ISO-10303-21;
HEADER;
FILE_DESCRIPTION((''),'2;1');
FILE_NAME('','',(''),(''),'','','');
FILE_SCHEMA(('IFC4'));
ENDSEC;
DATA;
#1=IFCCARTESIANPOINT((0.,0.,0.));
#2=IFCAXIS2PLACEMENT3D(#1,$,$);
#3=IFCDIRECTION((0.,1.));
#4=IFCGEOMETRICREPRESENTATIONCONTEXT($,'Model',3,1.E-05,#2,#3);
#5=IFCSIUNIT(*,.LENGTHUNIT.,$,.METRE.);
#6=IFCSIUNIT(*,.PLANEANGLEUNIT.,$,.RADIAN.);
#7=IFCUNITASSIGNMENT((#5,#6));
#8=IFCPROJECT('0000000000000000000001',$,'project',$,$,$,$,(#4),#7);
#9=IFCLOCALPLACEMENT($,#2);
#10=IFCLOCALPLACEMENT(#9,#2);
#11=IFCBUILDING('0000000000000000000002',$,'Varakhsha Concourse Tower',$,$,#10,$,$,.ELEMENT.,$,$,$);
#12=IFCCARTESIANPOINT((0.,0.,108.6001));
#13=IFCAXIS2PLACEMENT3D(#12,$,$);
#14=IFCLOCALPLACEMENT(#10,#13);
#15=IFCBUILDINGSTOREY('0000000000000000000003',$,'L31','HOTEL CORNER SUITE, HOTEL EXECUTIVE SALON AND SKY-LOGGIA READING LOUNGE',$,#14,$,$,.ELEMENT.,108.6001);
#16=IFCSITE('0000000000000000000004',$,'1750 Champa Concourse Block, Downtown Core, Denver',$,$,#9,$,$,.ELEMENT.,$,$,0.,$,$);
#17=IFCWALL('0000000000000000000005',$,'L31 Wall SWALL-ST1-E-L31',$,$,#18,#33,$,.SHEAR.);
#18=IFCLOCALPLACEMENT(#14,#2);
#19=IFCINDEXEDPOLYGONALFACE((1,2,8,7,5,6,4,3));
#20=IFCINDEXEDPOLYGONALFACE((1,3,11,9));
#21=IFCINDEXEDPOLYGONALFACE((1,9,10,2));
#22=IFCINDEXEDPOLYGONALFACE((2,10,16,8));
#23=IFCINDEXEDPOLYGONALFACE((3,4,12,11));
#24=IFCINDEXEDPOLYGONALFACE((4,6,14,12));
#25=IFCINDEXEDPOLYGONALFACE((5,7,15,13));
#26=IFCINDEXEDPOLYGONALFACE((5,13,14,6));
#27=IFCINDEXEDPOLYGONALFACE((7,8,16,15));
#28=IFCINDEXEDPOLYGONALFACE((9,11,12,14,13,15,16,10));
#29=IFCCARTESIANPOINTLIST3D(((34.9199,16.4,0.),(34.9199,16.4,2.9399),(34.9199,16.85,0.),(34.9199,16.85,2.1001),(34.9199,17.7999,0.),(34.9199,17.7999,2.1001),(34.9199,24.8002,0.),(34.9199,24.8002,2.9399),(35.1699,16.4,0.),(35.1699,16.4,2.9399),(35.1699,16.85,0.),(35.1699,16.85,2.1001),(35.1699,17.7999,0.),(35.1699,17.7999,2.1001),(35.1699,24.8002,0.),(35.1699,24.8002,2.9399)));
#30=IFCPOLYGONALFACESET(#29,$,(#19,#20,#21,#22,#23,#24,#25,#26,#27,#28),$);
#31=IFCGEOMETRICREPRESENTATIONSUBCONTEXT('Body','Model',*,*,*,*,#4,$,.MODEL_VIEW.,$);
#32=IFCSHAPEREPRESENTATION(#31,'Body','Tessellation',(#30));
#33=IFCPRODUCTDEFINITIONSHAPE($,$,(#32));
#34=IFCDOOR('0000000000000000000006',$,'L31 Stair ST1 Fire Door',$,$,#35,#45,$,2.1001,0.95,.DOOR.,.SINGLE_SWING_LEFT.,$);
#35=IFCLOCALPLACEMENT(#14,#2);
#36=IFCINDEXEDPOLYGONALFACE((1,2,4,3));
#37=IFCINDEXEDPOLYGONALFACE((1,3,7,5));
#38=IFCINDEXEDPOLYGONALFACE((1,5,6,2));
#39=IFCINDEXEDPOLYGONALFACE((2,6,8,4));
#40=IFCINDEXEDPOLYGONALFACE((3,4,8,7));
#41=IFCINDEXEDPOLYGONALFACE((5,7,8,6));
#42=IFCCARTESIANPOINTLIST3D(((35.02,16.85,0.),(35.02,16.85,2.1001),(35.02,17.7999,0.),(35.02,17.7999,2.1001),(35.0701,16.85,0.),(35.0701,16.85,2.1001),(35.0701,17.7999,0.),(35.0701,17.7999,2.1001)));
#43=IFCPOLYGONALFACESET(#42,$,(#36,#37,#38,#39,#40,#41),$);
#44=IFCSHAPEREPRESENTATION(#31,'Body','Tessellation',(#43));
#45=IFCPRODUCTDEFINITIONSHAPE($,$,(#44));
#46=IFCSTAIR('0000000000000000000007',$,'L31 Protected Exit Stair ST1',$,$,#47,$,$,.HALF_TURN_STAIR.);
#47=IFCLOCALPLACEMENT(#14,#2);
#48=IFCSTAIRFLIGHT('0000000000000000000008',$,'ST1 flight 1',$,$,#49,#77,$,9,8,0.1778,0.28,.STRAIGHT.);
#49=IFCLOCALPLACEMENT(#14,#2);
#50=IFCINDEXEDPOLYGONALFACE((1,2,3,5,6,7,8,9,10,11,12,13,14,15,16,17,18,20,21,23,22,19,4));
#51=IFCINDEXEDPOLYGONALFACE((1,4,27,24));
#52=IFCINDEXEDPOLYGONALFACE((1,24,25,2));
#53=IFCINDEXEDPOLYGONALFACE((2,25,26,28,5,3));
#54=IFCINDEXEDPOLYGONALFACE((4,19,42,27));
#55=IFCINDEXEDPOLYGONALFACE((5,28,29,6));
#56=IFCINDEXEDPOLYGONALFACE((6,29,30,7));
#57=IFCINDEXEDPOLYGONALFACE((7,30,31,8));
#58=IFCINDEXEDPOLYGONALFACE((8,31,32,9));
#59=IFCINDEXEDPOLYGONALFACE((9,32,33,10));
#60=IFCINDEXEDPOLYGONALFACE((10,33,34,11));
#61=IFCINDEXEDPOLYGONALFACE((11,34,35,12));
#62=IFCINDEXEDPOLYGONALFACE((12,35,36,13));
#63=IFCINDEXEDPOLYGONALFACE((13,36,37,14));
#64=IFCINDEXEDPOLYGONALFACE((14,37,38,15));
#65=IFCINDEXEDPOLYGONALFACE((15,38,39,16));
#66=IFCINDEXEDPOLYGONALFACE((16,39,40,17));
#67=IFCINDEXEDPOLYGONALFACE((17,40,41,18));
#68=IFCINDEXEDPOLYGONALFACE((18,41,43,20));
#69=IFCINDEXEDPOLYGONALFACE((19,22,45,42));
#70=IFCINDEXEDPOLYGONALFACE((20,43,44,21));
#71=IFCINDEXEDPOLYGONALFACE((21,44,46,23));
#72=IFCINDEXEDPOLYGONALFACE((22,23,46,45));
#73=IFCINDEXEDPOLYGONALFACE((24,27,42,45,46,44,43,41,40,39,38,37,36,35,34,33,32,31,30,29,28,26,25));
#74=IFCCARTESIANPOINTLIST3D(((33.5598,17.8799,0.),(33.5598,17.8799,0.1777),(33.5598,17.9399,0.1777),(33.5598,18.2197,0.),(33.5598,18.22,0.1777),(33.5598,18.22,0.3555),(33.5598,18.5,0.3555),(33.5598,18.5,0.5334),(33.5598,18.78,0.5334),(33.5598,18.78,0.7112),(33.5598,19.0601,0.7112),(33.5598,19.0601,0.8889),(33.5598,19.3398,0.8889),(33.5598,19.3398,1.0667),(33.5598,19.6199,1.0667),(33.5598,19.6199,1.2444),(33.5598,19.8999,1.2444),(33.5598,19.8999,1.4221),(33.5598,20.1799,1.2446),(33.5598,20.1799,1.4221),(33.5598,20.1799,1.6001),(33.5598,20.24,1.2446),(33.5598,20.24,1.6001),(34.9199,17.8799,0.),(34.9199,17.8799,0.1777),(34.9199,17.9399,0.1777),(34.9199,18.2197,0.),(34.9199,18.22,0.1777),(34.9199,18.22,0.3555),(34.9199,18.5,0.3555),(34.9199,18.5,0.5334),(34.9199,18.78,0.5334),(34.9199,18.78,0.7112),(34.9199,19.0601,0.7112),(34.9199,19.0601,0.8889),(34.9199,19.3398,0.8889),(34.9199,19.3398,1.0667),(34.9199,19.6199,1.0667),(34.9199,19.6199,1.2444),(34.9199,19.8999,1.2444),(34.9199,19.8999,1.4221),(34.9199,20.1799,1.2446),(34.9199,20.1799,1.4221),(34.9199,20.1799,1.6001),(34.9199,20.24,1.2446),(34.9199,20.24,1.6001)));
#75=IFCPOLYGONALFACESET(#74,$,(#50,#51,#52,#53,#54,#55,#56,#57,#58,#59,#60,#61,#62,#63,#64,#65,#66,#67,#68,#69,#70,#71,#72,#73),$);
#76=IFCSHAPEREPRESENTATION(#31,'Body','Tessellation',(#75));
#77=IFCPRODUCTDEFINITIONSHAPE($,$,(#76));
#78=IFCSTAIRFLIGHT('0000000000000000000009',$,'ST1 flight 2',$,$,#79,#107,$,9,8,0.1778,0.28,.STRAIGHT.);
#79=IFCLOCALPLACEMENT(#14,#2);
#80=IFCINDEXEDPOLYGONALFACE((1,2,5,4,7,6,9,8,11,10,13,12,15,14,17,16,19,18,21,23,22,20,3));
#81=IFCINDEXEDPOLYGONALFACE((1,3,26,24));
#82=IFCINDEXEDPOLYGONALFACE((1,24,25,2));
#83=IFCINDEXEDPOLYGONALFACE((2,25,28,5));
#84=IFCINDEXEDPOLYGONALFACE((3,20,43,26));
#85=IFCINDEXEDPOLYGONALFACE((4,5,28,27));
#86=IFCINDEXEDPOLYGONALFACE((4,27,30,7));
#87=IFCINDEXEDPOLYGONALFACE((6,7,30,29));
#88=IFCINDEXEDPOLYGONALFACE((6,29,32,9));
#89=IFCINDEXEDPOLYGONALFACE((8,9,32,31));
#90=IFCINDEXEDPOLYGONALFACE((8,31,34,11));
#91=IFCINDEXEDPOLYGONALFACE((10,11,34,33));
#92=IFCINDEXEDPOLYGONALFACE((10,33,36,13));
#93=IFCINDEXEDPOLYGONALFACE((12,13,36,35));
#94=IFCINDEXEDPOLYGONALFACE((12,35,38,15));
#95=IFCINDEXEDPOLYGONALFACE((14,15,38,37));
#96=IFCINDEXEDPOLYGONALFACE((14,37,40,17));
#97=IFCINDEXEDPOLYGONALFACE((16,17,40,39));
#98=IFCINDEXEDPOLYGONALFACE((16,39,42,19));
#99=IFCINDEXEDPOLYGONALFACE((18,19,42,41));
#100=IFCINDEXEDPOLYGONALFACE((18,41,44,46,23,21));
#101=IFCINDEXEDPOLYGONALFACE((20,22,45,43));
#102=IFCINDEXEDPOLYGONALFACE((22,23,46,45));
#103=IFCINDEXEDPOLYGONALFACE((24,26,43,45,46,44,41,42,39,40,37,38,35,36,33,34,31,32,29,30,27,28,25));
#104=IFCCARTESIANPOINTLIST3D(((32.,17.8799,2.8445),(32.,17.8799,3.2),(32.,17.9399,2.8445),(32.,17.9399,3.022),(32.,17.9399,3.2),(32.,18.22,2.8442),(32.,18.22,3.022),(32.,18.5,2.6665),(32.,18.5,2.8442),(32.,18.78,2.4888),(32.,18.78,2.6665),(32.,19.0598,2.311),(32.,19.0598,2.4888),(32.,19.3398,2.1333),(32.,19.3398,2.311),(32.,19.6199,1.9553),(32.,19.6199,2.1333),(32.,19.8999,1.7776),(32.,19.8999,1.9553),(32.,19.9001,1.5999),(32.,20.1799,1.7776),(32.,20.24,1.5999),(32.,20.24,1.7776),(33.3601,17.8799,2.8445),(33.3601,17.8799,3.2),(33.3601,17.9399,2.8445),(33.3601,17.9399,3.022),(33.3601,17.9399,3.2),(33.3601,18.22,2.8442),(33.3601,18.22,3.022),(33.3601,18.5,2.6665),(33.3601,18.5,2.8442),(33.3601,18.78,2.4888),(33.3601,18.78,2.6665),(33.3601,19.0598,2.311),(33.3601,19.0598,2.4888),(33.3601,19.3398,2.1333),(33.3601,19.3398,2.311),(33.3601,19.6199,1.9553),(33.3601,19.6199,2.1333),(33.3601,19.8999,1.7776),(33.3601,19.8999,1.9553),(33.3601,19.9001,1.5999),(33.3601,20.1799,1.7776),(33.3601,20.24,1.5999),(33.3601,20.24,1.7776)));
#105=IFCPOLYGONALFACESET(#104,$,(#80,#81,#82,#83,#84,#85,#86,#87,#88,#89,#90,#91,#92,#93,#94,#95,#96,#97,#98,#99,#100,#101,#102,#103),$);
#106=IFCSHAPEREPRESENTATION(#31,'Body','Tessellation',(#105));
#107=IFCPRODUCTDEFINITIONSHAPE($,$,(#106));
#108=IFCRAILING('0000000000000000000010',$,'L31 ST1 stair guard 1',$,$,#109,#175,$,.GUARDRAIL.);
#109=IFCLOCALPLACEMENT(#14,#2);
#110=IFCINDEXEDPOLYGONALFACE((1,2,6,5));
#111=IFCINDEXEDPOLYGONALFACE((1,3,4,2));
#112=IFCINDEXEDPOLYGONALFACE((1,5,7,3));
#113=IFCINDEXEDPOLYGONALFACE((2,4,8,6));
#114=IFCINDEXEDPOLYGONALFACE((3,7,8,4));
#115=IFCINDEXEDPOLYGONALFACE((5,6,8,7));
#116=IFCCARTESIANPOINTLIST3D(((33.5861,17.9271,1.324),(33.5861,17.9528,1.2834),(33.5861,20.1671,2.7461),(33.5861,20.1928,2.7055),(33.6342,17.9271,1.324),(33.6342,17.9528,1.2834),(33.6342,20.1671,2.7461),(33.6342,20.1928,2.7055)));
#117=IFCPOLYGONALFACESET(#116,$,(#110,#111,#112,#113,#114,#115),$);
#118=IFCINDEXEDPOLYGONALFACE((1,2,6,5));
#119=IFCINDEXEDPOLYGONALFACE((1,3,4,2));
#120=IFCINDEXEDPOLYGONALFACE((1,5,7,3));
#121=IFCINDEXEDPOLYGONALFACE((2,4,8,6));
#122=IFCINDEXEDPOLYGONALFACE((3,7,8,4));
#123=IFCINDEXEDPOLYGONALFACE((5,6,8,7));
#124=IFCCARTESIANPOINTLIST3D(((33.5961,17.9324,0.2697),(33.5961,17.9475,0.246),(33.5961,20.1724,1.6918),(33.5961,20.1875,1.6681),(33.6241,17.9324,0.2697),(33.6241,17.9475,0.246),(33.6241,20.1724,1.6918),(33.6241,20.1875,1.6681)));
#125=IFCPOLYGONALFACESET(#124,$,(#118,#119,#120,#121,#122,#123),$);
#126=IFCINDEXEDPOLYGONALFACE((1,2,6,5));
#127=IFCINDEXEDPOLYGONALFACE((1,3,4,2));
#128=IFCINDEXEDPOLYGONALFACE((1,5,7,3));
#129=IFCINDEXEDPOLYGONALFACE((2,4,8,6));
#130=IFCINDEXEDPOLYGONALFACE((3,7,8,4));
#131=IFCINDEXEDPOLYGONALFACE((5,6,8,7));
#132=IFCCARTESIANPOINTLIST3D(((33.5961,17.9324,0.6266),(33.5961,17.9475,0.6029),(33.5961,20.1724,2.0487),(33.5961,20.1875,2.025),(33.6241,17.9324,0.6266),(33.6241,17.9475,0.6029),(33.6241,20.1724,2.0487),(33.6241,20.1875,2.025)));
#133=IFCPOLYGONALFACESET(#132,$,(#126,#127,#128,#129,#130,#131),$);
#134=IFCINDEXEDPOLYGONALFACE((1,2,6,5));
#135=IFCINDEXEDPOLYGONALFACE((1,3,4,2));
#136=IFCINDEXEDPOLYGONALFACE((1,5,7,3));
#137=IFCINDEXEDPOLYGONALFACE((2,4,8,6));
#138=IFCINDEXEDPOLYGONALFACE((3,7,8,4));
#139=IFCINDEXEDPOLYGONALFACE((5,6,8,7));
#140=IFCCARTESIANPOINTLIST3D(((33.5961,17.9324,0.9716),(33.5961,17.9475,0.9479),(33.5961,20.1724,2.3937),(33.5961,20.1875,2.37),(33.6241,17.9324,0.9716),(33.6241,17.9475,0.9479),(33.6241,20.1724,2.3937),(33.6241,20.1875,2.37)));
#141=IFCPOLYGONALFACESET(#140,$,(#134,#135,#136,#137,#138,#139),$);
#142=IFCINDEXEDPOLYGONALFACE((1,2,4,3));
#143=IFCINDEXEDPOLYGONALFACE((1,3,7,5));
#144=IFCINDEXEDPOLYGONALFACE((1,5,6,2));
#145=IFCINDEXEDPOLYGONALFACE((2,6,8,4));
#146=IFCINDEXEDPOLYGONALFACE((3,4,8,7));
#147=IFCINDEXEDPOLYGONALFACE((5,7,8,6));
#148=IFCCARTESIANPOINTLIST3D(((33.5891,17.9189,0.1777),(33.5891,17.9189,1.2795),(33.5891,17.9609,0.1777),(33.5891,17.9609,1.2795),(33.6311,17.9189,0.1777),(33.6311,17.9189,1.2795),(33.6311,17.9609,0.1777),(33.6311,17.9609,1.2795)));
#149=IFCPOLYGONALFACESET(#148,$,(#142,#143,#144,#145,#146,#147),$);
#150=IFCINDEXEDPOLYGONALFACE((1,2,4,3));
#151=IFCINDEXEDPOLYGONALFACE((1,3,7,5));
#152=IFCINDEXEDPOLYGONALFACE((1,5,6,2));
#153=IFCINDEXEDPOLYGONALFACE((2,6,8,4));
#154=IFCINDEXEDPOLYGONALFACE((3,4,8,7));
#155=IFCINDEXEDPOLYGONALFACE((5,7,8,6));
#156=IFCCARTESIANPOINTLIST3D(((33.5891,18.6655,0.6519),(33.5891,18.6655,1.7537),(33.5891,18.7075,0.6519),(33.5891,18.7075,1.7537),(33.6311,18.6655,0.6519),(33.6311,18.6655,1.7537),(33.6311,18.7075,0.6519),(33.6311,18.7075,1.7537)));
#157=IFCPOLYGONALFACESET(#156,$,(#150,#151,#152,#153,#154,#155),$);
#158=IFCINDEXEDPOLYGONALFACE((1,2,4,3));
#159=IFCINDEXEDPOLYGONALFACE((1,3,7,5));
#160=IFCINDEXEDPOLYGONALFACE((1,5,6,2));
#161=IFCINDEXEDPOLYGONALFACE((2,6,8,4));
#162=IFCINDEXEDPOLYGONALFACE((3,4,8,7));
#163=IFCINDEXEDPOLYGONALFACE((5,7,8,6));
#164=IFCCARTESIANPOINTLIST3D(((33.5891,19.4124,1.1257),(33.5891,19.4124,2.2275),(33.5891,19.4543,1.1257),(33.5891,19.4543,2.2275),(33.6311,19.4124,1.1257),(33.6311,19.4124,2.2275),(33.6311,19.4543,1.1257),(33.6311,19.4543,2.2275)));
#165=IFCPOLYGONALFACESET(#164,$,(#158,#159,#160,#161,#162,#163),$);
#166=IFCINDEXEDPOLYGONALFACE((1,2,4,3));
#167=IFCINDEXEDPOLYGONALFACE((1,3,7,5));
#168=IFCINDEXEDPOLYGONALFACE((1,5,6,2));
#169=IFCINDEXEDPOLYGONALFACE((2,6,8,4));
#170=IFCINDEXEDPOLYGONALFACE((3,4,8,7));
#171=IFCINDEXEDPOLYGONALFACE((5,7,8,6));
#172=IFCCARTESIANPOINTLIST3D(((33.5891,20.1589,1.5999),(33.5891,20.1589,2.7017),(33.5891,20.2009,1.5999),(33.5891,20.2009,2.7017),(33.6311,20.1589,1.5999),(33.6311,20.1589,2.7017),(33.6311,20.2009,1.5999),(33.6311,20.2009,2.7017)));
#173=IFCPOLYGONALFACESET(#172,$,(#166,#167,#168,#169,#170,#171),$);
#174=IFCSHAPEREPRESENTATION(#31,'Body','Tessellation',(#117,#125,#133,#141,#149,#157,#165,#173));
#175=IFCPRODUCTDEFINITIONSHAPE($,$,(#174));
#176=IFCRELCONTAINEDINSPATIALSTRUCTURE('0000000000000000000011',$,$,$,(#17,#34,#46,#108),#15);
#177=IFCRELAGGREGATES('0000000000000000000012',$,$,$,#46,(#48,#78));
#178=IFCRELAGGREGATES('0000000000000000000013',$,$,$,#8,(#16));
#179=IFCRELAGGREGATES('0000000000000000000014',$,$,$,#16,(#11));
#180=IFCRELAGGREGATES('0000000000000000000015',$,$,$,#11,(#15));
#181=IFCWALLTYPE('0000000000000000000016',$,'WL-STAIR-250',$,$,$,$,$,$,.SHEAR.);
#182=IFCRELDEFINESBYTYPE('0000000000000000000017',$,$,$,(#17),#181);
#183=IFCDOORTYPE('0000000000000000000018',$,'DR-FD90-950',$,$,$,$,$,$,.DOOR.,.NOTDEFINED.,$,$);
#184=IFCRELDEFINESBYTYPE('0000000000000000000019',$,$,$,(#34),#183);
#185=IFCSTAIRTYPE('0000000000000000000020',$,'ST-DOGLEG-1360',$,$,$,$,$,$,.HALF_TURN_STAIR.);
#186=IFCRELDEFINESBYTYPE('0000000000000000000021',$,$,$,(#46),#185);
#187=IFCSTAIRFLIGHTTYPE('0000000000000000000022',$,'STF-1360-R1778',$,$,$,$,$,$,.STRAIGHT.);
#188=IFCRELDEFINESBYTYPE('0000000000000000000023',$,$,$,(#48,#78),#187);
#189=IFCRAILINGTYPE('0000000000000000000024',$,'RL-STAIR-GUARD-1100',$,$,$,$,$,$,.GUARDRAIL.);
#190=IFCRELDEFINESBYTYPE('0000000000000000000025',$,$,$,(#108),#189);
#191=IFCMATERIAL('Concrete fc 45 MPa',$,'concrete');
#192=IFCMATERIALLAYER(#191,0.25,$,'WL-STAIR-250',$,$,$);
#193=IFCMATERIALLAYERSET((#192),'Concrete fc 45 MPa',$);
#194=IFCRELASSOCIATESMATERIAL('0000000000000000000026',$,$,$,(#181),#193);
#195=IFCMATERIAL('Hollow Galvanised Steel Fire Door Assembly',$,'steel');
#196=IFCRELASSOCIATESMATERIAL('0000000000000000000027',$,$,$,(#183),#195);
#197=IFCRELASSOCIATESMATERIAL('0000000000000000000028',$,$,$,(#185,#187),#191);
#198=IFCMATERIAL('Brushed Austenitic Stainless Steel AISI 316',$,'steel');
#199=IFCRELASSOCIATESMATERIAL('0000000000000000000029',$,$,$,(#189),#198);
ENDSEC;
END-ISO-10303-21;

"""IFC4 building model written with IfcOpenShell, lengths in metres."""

from ifc_helpers import new_model, si_unit, direction, frame, frame_2d, origin, origin_2d, place, context, subcontext, project, spatial, polyline, rectangle, outline, extrude, material, layer, layer_set, type_object, element, fill, aggregate, save


model = new_model("IFC4")

# Units and contexts
model_context = context("Model", 3, precision=1e-05, world=origin(), true_north=direction((0.0, 1.0)))
body_context = subcontext(model_context, "Body", "Model", "MODEL_VIEW")
ifc_project = project(units=[si_unit("LENGTHUNIT", "METRE"), si_unit("PLANEANGLEUNIT", "RADIAN")], contexts=[model_context])

# Site, building, storey
site_placement = place(None, origin())
site = spatial("IfcSite", under=ifc_project, at=site_placement, Name="1750 Champa Concourse Block, Downtown Core, Denver", CompositionType="ELEMENT", RefElevation=0.0)
building_placement = place(site_placement, origin())
building = spatial("IfcBuilding", under=site, at=building_placement, Name="Varakhsha Concourse Tower", CompositionType="ELEMENT")
storey_placement = place(building_placement, frame((0.0, 0.0, 108.6001)))
storey = spatial("IfcBuildingStorey", under=building, at=storey_placement, Name="L31", Description="HOTEL CORNER SUITE, HOTEL EXECUTIVE SALON AND SKY-LOGGIA READING LOUNGE", CompositionType="ELEMENT", Elevation=108.6001)

# Shared definitions
ifc_material_1 = material(Name="Hollow Galvanised Steel Fire Door Assembly", Category="steel")

# Shared definitions
ifc_material_2 = material(Name="Brushed Austenitic Stainless Steel AISI 316", Category="steel")

# Wall, opening, door
ifc_material_3 = material(Name="Concrete fc 45 MPa", Category="concrete")
ifc_layer_1 = layer(ifc_material_3, 0.25, Name="WL-STAIR-250")
ifc_layer_set_1 = layer_set([ifc_layer_1], Name="Concrete fc 45 MPa")
wall_type_1 = type_object("IfcWallType", Name="WL-STAIR-250", PredefinedType="SHEAR", material=ifc_layer_set_1)
wall_1_placement = place(storey_placement, frame((35.0449, 16.3999, 0.0), z_axis=(0.0, 0.0, 1.0), x_axis=(0.0, 1.0, 0.0)))
wall_1 = element("IfcWall", 1, at=wall_1_placement, inside=storey, type_object=wall_type_1, Name="L31 Wall SWALL-ST1-E-L31", PredefinedType="SHEAR", context=body_context, shape_type="SweptSolid", body=[
    extrude(rectangle(XDim=8.4001, YDim=0.25, at=frame_2d((4.2002, 0.0))), origin(), (0.0, 0.0, 1.0), 2.9399),
])
opening_1_placement = place(wall_1_placement, frame((0.45, 0.0, 0.0)))
opening_1 = element("IfcOpeningElement", 2, at=opening_1_placement, cuts=wall_1, PredefinedType="OPENING", context=body_context, shape_type="SweptSolid", body=[
    extrude(rectangle(XDim=0.95, YDim=2.1001, at=frame_2d((0.4751, 1.05))), frame((0.0, 0.135, 0.0), z_axis=(0.0, -1.0, 0.0), x_axis=(1.0, 0.0, 0.0)), (0.0, 0.0, 1.0), 0.27),
])
door_type_1 = type_object("IfcDoorType", Name="DR-FD90-950", OperationType="NOTDEFINED", PredefinedType="DOOR", material=ifc_material_1)
door_1_placement = place(opening_1_placement, origin())
door_1 = element("IfcDoor", 3, at=door_1_placement, inside=storey, type_object=door_type_1, Name="L31 Stair ST1 Fire Door", OperationType="SINGLE_SWING_LEFT", OverallHeight=2.1001, OverallWidth=0.95, PredefinedType="DOOR", context=body_context, shape_type="SweptSolid", body=[
    extrude(rectangle(XDim=0.95, YDim=2.1001, at=frame_2d((0.4751, 1.05))), frame((0.0, 0.0249, 0.0), z_axis=(0.0, -1.0, 0.0), x_axis=(1.0, 0.0, 0.0)), (0.0, 0.0, 1.0), 0.05),
])
fill(opening_1, door_1)

# Stair, stair flights
stair_type = type_object("IfcStairType", Name="ST-DOGLEG-1360", PredefinedType="HALF_TURN_STAIR", material=ifc_material_3)
stair_placement = place(storey_placement, origin())
stair = element("IfcStair", 4, at=stair_placement, inside=storey, type_object=stair_type, Name="L31 Protected Exit Stair ST1", PredefinedType="HALF_TURN_STAIR")
stair_flight_type = type_object("IfcStairFlightType", Name="STF-1360-R1778", PredefinedType="STRAIGHT", material=ifc_material_3)
stair_flight_1_placement = place(storey_placement, frame((34.24, 17.9399, 0.0), z_axis=(0.0, 0.0, 1.0), x_axis=(0.0, 1.0, 0.0)))
stair_flight_1 = element("IfcStairFlight", 5, at=stair_flight_1_placement, type_object=stair_flight_type, Name="ST1 flight 1", NumberOfRisers=9, NumberOfTreads=8, PredefinedType="STRAIGHT", RiserHeight=0.1778, TreadLength=0.28, context=body_context, shape_type="SweptSolid", body=[
    extrude(outline(polyline([(-0.0601, 0.0), (-0.0601, 0.1777), (0.0, 0.1777), (0.28, 0.1777), (0.28, 0.3555), (0.5601, 0.3555), (0.5601, 0.5334), (0.8401, 0.5334), (0.8401, 0.7112), (1.1201, 0.7112), (1.1201, 0.8889), (1.3999, 0.8889), (1.3999, 1.0667), (1.6799, 1.0667), (1.6799, 1.2444), (1.96, 1.2444), (1.96, 1.4221), (2.24, 1.4221), (2.24, 1.6001), (2.3, 1.6001), (2.3, 1.2446), (2.24, 1.2446), (0.2798, 0.0), (-0.0601, 0.0)])), frame((0.0, 0.6802, 0.0), z_axis=(0.0, -1.0, 0.0), x_axis=(1.0, 0.0, 0.0)), (0.0, 0.0, 1.0), 1.3601),
])
stair_flight_2_placement = place(storey_placement, frame((32.6799, 20.1799, 1.5999), z_axis=(0.0, 0.0, 1.0), x_axis=(0.0, -1.0, 0.0)))
stair_flight_2 = element("IfcStairFlight", 6, at=stair_flight_2_placement, type_object=stair_flight_type, Name="ST1 flight 2", NumberOfRisers=9, NumberOfTreads=8, PredefinedType="STRAIGHT", RiserHeight=0.1778, TreadLength=0.28, context=body_context, shape_type="SweptSolid", body=[
    extrude(outline(polyline([(-0.0601, 0.0), (-0.0601, 0.1777), (0.0, 0.1777), (0.28, 0.1777), (0.28, 0.3555), (0.5601, 0.3555), (0.5601, 0.5334), (0.8401, 0.5334), (0.8401, 0.7112), (1.1201, 0.7112), (1.1201, 0.8889), (1.3999, 0.8889), (1.3999, 1.0667), (1.6799, 1.0667), (1.6799, 1.2444), (1.96, 1.2444), (1.96, 1.4221), (2.24, 1.4221), (2.24, 1.6001), (2.3, 1.6001), (2.3, 1.2446), (2.24, 1.2446), (0.2798, 0.0), (-0.0601, 0.0)])), frame((0.0, 0.6802, 0.0), z_axis=(0.0, -1.0, 0.0), x_axis=(1.0, 0.0, 0.0)), (0.0, 0.0, 1.0), 1.3601),
])
aggregate(stair, [stair_flight_1, stair_flight_2])

# Railing
railing_type_1 = type_object("IfcRailingType", Name="RL-STAIR-GUARD-1100", PredefinedType="GUARDRAIL", material=ifc_material_2)
railing_1_placement = place(storey_placement, frame((33.6101, 17.9399, 0.1777)))
element("IfcRailing", 7, at=railing_1_placement, inside=storey, type_object=railing_type_1, Name="L31 ST1 stair guard 1", PredefinedType="GUARDRAIL", context=body_context, shape_type="SweptSolid", body=[
    extrude(rectangle(XDim=0.0481, YDim=0.0481, at=origin_2d()), frame((0.0, 0.0, 1.126), z_axis=(0.0, 0.844229, 0.535982), x_axis=(-1.0, 0.0, 0.0)), (0.0, 0.0, 1.0), 2.6533),
    extrude(rectangle(XDim=0.0281, YDim=0.0281, at=origin_2d()), frame((0.0, 0.0, 0.0801), z_axis=(0.0, 0.844229, 0.535982), x_axis=(-1.0, 0.0, 0.0)), (0.0, 0.0, 1.0), 2.6533),
    extrude(rectangle(XDim=0.0281, YDim=0.0281, at=origin_2d()), frame((0.0, 0.0, 0.437), z_axis=(0.0, 0.844229, 0.535982), x_axis=(-1.0, 0.0, 0.0)), (0.0, 0.0, 1.0), 2.6533),
    extrude(rectangle(XDim=0.0281, YDim=0.0281, at=origin_2d()), frame((0.0, 0.0, 0.782), z_axis=(0.0, 0.844229, 0.535982), x_axis=(-1.0, 0.0, 0.0)), (0.0, 0.0, 1.0), 2.6533),
    extrude(rectangle(XDim=0.042, YDim=0.042, at=origin_2d()), origin(), (0.0, 0.0, 1.0), 1.1018),
    extrude(rectangle(XDim=0.042, YDim=0.042, at=origin_2d()), frame((0.0, 0.7466, 0.4741)), (0.0, 0.0, 1.0), 1.1018),
    extrude(rectangle(XDim=0.042, YDim=0.042, at=origin_2d()), frame((0.0, 1.4934, 0.948)), (0.0, 0.0, 1.0), 1.1018),
    extrude(rectangle(XDim=0.042, YDim=0.042, at=origin_2d()), frame((0.0, 2.24, 1.4221)), (0.0, 0.0, 1.0), 1.1018),
])

save(model, "model.ifc")
